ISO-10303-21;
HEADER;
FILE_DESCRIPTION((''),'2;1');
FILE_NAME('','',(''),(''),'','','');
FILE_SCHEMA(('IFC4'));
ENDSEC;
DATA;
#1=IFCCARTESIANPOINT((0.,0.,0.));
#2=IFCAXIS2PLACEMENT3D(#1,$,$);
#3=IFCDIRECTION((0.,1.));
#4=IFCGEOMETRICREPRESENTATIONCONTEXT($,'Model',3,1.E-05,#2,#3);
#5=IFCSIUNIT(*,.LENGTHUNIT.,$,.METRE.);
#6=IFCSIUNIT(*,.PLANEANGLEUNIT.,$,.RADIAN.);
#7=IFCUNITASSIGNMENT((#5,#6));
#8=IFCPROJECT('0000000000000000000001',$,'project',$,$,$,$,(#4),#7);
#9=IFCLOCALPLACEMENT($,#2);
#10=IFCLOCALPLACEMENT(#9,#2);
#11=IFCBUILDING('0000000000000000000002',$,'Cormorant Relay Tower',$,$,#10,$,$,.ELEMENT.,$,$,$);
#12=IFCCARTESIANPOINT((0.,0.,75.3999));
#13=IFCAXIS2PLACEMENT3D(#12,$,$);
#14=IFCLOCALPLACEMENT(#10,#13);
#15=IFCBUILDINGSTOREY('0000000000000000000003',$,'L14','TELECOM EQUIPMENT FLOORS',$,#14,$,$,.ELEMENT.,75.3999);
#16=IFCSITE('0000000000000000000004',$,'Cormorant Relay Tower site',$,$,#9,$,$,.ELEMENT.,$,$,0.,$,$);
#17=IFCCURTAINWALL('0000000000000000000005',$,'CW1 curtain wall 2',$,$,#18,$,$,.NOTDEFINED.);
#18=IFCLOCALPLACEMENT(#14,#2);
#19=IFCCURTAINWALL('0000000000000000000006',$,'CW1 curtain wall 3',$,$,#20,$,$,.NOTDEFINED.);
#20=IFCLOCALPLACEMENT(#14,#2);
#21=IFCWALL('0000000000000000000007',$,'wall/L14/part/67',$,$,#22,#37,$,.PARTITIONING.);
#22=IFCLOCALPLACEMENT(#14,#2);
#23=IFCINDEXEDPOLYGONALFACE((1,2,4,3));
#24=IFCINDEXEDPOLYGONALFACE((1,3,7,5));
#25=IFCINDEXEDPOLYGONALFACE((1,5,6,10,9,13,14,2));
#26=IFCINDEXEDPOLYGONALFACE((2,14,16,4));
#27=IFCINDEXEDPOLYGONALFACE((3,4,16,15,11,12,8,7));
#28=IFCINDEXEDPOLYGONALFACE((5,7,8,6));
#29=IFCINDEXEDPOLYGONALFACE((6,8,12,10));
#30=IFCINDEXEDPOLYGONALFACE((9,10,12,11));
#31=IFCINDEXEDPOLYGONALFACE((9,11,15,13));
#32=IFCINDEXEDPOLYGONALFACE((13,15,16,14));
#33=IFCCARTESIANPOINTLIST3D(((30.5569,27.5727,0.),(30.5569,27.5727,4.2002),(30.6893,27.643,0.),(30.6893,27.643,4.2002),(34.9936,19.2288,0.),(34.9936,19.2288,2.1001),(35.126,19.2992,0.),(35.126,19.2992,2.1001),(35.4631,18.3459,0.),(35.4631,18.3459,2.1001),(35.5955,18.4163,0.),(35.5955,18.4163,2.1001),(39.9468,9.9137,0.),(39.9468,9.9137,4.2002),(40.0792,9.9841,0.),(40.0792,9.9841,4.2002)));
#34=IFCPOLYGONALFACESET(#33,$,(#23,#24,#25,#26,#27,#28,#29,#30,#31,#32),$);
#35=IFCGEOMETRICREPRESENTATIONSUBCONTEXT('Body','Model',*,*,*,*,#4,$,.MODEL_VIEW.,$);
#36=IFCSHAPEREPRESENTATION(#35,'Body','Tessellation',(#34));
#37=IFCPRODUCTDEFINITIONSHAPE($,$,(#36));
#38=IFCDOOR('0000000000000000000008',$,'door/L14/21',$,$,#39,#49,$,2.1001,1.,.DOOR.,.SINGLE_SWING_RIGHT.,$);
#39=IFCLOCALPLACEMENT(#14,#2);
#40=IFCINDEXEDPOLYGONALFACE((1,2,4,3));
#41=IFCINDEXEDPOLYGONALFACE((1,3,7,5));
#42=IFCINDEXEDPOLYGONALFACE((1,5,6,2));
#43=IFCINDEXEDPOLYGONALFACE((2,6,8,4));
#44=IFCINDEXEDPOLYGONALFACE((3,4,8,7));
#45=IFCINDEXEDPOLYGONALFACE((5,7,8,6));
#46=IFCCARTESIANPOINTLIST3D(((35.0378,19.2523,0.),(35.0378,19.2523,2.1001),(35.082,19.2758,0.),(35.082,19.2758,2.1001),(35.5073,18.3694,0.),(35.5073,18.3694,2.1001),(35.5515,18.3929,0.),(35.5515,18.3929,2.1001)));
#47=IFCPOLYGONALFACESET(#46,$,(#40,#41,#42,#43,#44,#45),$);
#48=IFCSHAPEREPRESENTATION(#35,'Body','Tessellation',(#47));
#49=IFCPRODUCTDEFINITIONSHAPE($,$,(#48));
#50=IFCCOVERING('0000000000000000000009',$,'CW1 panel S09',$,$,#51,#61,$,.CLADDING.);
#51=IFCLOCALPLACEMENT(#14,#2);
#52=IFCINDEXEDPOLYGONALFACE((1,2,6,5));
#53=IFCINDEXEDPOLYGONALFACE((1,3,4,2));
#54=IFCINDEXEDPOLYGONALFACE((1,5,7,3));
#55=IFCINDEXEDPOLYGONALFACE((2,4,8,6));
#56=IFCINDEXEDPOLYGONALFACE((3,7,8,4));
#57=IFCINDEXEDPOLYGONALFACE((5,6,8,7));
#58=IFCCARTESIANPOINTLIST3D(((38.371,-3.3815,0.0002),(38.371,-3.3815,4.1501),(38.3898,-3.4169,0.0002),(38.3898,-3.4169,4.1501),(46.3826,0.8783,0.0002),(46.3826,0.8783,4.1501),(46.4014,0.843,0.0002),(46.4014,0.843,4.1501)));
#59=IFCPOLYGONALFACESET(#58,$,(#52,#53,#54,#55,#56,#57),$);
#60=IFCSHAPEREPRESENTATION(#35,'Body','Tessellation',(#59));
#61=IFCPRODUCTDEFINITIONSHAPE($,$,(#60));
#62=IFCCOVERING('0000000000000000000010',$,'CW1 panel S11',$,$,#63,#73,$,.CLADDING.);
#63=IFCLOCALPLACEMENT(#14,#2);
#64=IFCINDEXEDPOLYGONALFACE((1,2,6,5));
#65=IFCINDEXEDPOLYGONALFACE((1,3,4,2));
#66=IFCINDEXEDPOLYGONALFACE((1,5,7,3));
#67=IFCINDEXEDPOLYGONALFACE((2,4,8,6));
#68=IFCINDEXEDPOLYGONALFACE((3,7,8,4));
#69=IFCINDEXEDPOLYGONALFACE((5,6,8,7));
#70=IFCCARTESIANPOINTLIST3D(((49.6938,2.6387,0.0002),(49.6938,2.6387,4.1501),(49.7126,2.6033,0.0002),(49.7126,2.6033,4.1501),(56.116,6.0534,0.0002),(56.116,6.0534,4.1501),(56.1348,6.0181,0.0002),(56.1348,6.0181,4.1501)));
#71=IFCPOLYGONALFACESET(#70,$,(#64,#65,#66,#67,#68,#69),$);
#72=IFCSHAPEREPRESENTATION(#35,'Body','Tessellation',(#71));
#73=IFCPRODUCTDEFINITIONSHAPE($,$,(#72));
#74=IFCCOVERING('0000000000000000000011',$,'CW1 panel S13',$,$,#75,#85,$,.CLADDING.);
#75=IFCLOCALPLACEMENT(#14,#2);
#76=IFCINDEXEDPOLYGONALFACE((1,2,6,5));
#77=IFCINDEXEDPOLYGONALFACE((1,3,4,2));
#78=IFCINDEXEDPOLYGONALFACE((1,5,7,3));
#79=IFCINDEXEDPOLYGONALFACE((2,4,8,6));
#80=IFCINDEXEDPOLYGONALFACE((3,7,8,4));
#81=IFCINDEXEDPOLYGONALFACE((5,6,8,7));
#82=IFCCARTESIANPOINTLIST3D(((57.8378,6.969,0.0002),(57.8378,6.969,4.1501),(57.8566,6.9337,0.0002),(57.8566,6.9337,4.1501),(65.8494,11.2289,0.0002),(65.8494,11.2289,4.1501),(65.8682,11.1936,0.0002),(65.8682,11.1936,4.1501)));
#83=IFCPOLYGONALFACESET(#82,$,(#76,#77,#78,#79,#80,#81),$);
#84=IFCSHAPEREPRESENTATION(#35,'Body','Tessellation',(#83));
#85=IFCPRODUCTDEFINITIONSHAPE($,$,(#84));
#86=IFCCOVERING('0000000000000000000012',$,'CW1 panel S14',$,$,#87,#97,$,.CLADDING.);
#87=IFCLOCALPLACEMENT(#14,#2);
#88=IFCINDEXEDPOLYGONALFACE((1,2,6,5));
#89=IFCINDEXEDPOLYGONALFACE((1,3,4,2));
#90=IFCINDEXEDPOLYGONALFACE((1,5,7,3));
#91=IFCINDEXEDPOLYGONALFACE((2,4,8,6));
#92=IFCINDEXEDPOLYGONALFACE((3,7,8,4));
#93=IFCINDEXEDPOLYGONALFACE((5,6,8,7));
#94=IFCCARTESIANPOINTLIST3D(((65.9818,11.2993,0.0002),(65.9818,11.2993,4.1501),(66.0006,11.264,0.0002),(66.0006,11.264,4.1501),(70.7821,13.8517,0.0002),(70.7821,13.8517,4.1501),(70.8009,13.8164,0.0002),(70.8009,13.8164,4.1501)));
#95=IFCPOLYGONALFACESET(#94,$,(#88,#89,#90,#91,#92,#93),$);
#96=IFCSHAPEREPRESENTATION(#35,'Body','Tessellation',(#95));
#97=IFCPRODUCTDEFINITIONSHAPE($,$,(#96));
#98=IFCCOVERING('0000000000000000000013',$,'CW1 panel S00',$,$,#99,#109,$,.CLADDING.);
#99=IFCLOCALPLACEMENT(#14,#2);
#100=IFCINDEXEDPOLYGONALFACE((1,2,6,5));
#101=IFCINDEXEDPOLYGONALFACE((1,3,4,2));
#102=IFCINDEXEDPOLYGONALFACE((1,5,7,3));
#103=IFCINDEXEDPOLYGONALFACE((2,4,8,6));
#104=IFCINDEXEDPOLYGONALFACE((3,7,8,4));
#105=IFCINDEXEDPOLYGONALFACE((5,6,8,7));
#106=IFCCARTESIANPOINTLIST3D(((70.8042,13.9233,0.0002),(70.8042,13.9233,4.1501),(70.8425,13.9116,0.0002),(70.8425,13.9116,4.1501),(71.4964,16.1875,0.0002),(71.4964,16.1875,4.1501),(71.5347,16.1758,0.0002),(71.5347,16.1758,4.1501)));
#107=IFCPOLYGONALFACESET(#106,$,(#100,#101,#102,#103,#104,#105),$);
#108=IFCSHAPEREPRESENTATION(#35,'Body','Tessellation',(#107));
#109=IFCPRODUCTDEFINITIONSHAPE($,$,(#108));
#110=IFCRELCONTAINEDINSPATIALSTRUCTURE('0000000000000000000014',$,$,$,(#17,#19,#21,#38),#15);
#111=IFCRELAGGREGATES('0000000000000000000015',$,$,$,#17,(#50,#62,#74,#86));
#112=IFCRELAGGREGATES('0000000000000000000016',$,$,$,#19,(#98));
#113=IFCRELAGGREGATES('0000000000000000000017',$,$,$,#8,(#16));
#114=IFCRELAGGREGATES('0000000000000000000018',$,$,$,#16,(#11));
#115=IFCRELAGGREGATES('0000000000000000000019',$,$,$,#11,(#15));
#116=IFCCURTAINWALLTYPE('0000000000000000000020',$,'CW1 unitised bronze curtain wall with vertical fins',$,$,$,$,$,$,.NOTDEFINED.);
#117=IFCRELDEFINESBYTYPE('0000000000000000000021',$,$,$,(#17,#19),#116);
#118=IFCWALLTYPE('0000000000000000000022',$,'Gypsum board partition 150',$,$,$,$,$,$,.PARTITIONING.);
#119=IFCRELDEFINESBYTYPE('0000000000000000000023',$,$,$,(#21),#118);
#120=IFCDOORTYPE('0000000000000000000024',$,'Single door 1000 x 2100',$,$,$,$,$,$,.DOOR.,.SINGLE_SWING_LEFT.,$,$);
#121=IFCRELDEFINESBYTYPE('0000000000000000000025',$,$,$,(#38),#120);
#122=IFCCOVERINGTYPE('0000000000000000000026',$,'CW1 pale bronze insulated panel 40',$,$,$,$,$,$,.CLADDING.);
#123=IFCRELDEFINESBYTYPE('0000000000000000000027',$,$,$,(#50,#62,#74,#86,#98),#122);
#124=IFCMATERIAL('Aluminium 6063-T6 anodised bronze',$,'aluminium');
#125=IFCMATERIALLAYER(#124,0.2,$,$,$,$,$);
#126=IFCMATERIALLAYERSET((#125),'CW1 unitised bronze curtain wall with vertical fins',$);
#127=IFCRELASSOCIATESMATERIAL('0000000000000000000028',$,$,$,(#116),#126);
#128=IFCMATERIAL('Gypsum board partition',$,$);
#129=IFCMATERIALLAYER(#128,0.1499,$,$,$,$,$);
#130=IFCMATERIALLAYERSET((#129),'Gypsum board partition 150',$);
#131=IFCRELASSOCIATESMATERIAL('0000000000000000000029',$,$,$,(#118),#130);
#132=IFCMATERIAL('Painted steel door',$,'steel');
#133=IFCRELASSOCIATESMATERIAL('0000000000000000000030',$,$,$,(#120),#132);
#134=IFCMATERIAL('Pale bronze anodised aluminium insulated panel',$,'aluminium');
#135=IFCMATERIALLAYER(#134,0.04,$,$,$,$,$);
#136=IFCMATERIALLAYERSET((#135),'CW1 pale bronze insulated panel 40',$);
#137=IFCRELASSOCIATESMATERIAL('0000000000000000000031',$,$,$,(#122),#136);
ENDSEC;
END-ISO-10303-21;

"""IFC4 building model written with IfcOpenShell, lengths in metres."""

from ifc_helpers import new_model, si_unit, direction, frame, frame_2d, origin, origin_2d, place, context, subcontext, project, spatial, rectangle, extrude, material, layer, layer_set, type_object, element, fill, aggregate, save


model = new_model("IFC4")

# Units and contexts
model_context = context("Model", 3, precision=1e-05, world=origin(), true_north=direction((0.0, 1.0)))
body_context = subcontext(model_context, "Body", "Model", "MODEL_VIEW")
ifc_project = project(units=[si_unit("LENGTHUNIT", "METRE"), si_unit("PLANEANGLEUNIT", "RADIAN")], contexts=[model_context])

# Site, building, storey
site_placement = place(None, origin())
site = spatial("IfcSite", under=ifc_project, at=site_placement, Name="Cormorant Relay Tower site", CompositionType="ELEMENT", RefElevation=0.0)
building_placement = place(site_placement, origin())
building = spatial("IfcBuilding", under=site, at=building_placement, Name="Cormorant Relay Tower", CompositionType="ELEMENT")
storey_placement = place(building_placement, frame((0.0, 0.0, 75.3999)))
storey = spatial("IfcBuildingStorey", under=building, at=storey_placement, Name="L14", Description="TELECOM EQUIPMENT FLOORS", CompositionType="ELEMENT", Elevation=75.3999)

# Curtain walls
ifc_material_1 = material(Name="Aluminium 6063-T6 anodised bronze", Category="aluminium")
ifc_layer_1 = layer(ifc_material_1, 0.2)
ifc_layer_set_1 = layer_set([ifc_layer_1], Name="CW1 unitised bronze curtain wall with vertical fins")
curtain_wall_type = type_object("IfcCurtainWallType", Name="CW1 unitised bronze curtain wall with vertical fins", PredefinedType="NOTDEFINED", material=ifc_layer_set_1)
curtain_wall_1_placement = place(storey_placement, origin())
curtain_wall_1 = element("IfcCurtainWall", 1, at=curtain_wall_1_placement, inside=storey, type_object=curtain_wall_type, Name="CW1 curtain wall 2", PredefinedType="NOTDEFINED")
curtain_wall_2_placement = place(storey_placement, origin())
curtain_wall_2 = element("IfcCurtainWall", 2, at=curtain_wall_2_placement, inside=storey, type_object=curtain_wall_type, Name="CW1 curtain wall 3", PredefinedType="NOTDEFINED")

# Shared definitions
ifc_material_2 = material(Name="Gypsum board partition")
ifc_layer_2 = layer(ifc_material_2, 0.1499)
ifc_layer_set_2 = layer_set([ifc_layer_2], Name="Gypsum board partition 150")
wall_type_1 = type_object("IfcWallType", Name="Gypsum board partition 150", PredefinedType="PARTITIONING", material=ifc_layer_set_2)

# Wall, opening, door
wall_1_placement = place(storey_placement, frame((40.0129, 9.949, 0.0), z_axis=(0.0, 0.0, 1.0), x_axis=(-0.46949, 0.882938, 0.0)))
wall_1 = element("IfcWall", 3, at=wall_1_placement, inside=storey, type_object=wall_type_1, Name="wall/L14/part/67", PredefinedType="PARTITIONING", context=body_context, shape_type="SweptSolid", body=[
    extrude(rectangle(XDim=20.0002, YDim=0.1499, at=frame_2d((10.0, 0.0))), origin(), (0.0, 0.0, 1.0), 4.2002),
])
opening_1_placement = place(wall_1_placement, frame((9.55, 0.0, 0.0)))
opening_1 = element("IfcOpeningElement", 4, at=opening_1_placement, cuts=wall_1, PredefinedType="OPENING", context=body_context, shape_type="SweptSolid", body=[
    extrude(rectangle(XDim=1.0, YDim=2.1001, at=frame_2d((0.5, 1.05))), frame((0.0, 0.085, 0.0), z_axis=(0.0, -1.0, 0.0), x_axis=(1.0, 0.0, 0.0)), (0.0, 0.0, 1.0), 0.1699),
])
ifc_material_3 = material(Name="Painted steel door", Category="steel")
door_type_1 = type_object("IfcDoorType", Name="Single door 1000 x 2100", OperationType="SINGLE_SWING_LEFT", PredefinedType="DOOR", material=ifc_material_3)
door_1_placement = place(opening_1_placement, origin())
door_1 = element("IfcDoor", 5, at=door_1_placement, inside=storey, type_object=door_type_1, Name="door/L14/21", OperationType="SINGLE_SWING_RIGHT", OverallHeight=2.1001, OverallWidth=1.0, PredefinedType="DOOR", context=body_context, shape_type="SweptSolid", body=[
    extrude(rectangle(XDim=1.0, YDim=2.1001, at=frame_2d((0.5, 1.05))), frame((0.0, 0.0249, 0.0), z_axis=(0.0, -1.0, 0.0), x_axis=(1.0, 0.0, 0.0)), (0.0, 0.0, 1.0), 0.05),
])
fill(opening_1, door_1)

# Coverings
ifc_material_4 = material(Name="Pale bronze anodised aluminium insulated panel", Category="aluminium")
ifc_layer_3 = layer(ifc_material_4, 0.04)
ifc_layer_set_3 = layer_set([ifc_layer_3], Name="CW1 pale bronze insulated panel 40")
covering_type = type_object("IfcCoveringType", Name="CW1 pale bronze insulated panel 40", PredefinedType="CLADDING", material=ifc_layer_set_3)
covering_1_placement = place(storey_placement, frame((42.3862, -1.2693, 0.0002), z_axis=(0.0, 0.0, 1.0), x_axis=(0.882948, 0.469472, 0.0)))
covering_1 = element("IfcCovering", 6, at=covering_1_placement, type_object=covering_type, Name="CW1 panel S09", PredefinedType="CLADDING", context=body_context, shape_type="SweptSolid", body=[
    extrude(rectangle(XDim=9.0737, YDim=0.04, at=origin_2d()), origin(), (0.0, 0.0, 1.0), 4.1499),
])
covering_2_placement = place(storey_placement, frame((52.9143, 4.3284, 0.0002), z_axis=(0.0, 0.0, 1.0), x_axis=(0.882948, 0.469472, 0.0)))
covering_2 = element("IfcCovering", 7, at=covering_2_placement, type_object=covering_type, Name="CW1 panel S11", PredefinedType="CLADDING", context=body_context, shape_type="SweptSolid", body=[
    extrude(rectangle(XDim=7.2737, YDim=0.04, at=origin_2d()), origin(), (0.0, 0.0, 1.0), 4.1499),
])
covering_3_placement = place(storey_placement, frame((61.853, 9.0813, 0.0002), z_axis=(0.0, 0.0, 1.0), x_axis=(0.882948, 0.469472, 0.0)))
covering_3 = element("IfcCovering", 8, at=covering_3_placement, type_object=covering_type, Name="CW1 panel S13", PredefinedType="CLADDING", context=body_context, shape_type="SweptSolid", body=[
    extrude(rectangle(XDim=9.0737, YDim=0.04, at=origin_2d()), origin(), (0.0, 0.0, 1.0), 4.1499),
])
covering_4_placement = place(storey_placement, frame((68.3914, 12.5579, 0.0002), z_axis=(0.0, 0.0, 1.0), x_axis=(0.882948, 0.469472, 0.0)))
covering_4 = element("IfcCovering", 9, at=covering_4_placement, type_object=covering_type, Name="CW1 panel S14", PredefinedType="CLADDING", context=body_context, shape_type="SweptSolid", body=[
    extrude(rectangle(XDim=5.4368, YDim=0.04, at=origin_2d()), origin(), (0.0, 0.0, 1.0), 4.1499),
])
aggregate(curtain_wall_1, [covering_1, covering_2, covering_3, covering_4])
covering_5_placement = place(storey_placement, frame((71.1694, 15.0496, 0.0002), z_axis=(0.0, 0.0, 1.0), x_axis=(0.292372, 0.956305, 0.0)))
covering_5 = element("IfcCovering", 10, at=covering_5_placement, type_object=covering_type, Name="CW1 panel S00", PredefinedType="CLADDING", context=body_context, shape_type="SweptSolid", body=[
    extrude(rectangle(XDim=2.3677, YDim=0.04, at=origin_2d()), origin(), (0.0, 0.0, 1.0), 4.1499),
])
aggregate(curtain_wall_2, [covering_5])

save(model, "model.ifc")
